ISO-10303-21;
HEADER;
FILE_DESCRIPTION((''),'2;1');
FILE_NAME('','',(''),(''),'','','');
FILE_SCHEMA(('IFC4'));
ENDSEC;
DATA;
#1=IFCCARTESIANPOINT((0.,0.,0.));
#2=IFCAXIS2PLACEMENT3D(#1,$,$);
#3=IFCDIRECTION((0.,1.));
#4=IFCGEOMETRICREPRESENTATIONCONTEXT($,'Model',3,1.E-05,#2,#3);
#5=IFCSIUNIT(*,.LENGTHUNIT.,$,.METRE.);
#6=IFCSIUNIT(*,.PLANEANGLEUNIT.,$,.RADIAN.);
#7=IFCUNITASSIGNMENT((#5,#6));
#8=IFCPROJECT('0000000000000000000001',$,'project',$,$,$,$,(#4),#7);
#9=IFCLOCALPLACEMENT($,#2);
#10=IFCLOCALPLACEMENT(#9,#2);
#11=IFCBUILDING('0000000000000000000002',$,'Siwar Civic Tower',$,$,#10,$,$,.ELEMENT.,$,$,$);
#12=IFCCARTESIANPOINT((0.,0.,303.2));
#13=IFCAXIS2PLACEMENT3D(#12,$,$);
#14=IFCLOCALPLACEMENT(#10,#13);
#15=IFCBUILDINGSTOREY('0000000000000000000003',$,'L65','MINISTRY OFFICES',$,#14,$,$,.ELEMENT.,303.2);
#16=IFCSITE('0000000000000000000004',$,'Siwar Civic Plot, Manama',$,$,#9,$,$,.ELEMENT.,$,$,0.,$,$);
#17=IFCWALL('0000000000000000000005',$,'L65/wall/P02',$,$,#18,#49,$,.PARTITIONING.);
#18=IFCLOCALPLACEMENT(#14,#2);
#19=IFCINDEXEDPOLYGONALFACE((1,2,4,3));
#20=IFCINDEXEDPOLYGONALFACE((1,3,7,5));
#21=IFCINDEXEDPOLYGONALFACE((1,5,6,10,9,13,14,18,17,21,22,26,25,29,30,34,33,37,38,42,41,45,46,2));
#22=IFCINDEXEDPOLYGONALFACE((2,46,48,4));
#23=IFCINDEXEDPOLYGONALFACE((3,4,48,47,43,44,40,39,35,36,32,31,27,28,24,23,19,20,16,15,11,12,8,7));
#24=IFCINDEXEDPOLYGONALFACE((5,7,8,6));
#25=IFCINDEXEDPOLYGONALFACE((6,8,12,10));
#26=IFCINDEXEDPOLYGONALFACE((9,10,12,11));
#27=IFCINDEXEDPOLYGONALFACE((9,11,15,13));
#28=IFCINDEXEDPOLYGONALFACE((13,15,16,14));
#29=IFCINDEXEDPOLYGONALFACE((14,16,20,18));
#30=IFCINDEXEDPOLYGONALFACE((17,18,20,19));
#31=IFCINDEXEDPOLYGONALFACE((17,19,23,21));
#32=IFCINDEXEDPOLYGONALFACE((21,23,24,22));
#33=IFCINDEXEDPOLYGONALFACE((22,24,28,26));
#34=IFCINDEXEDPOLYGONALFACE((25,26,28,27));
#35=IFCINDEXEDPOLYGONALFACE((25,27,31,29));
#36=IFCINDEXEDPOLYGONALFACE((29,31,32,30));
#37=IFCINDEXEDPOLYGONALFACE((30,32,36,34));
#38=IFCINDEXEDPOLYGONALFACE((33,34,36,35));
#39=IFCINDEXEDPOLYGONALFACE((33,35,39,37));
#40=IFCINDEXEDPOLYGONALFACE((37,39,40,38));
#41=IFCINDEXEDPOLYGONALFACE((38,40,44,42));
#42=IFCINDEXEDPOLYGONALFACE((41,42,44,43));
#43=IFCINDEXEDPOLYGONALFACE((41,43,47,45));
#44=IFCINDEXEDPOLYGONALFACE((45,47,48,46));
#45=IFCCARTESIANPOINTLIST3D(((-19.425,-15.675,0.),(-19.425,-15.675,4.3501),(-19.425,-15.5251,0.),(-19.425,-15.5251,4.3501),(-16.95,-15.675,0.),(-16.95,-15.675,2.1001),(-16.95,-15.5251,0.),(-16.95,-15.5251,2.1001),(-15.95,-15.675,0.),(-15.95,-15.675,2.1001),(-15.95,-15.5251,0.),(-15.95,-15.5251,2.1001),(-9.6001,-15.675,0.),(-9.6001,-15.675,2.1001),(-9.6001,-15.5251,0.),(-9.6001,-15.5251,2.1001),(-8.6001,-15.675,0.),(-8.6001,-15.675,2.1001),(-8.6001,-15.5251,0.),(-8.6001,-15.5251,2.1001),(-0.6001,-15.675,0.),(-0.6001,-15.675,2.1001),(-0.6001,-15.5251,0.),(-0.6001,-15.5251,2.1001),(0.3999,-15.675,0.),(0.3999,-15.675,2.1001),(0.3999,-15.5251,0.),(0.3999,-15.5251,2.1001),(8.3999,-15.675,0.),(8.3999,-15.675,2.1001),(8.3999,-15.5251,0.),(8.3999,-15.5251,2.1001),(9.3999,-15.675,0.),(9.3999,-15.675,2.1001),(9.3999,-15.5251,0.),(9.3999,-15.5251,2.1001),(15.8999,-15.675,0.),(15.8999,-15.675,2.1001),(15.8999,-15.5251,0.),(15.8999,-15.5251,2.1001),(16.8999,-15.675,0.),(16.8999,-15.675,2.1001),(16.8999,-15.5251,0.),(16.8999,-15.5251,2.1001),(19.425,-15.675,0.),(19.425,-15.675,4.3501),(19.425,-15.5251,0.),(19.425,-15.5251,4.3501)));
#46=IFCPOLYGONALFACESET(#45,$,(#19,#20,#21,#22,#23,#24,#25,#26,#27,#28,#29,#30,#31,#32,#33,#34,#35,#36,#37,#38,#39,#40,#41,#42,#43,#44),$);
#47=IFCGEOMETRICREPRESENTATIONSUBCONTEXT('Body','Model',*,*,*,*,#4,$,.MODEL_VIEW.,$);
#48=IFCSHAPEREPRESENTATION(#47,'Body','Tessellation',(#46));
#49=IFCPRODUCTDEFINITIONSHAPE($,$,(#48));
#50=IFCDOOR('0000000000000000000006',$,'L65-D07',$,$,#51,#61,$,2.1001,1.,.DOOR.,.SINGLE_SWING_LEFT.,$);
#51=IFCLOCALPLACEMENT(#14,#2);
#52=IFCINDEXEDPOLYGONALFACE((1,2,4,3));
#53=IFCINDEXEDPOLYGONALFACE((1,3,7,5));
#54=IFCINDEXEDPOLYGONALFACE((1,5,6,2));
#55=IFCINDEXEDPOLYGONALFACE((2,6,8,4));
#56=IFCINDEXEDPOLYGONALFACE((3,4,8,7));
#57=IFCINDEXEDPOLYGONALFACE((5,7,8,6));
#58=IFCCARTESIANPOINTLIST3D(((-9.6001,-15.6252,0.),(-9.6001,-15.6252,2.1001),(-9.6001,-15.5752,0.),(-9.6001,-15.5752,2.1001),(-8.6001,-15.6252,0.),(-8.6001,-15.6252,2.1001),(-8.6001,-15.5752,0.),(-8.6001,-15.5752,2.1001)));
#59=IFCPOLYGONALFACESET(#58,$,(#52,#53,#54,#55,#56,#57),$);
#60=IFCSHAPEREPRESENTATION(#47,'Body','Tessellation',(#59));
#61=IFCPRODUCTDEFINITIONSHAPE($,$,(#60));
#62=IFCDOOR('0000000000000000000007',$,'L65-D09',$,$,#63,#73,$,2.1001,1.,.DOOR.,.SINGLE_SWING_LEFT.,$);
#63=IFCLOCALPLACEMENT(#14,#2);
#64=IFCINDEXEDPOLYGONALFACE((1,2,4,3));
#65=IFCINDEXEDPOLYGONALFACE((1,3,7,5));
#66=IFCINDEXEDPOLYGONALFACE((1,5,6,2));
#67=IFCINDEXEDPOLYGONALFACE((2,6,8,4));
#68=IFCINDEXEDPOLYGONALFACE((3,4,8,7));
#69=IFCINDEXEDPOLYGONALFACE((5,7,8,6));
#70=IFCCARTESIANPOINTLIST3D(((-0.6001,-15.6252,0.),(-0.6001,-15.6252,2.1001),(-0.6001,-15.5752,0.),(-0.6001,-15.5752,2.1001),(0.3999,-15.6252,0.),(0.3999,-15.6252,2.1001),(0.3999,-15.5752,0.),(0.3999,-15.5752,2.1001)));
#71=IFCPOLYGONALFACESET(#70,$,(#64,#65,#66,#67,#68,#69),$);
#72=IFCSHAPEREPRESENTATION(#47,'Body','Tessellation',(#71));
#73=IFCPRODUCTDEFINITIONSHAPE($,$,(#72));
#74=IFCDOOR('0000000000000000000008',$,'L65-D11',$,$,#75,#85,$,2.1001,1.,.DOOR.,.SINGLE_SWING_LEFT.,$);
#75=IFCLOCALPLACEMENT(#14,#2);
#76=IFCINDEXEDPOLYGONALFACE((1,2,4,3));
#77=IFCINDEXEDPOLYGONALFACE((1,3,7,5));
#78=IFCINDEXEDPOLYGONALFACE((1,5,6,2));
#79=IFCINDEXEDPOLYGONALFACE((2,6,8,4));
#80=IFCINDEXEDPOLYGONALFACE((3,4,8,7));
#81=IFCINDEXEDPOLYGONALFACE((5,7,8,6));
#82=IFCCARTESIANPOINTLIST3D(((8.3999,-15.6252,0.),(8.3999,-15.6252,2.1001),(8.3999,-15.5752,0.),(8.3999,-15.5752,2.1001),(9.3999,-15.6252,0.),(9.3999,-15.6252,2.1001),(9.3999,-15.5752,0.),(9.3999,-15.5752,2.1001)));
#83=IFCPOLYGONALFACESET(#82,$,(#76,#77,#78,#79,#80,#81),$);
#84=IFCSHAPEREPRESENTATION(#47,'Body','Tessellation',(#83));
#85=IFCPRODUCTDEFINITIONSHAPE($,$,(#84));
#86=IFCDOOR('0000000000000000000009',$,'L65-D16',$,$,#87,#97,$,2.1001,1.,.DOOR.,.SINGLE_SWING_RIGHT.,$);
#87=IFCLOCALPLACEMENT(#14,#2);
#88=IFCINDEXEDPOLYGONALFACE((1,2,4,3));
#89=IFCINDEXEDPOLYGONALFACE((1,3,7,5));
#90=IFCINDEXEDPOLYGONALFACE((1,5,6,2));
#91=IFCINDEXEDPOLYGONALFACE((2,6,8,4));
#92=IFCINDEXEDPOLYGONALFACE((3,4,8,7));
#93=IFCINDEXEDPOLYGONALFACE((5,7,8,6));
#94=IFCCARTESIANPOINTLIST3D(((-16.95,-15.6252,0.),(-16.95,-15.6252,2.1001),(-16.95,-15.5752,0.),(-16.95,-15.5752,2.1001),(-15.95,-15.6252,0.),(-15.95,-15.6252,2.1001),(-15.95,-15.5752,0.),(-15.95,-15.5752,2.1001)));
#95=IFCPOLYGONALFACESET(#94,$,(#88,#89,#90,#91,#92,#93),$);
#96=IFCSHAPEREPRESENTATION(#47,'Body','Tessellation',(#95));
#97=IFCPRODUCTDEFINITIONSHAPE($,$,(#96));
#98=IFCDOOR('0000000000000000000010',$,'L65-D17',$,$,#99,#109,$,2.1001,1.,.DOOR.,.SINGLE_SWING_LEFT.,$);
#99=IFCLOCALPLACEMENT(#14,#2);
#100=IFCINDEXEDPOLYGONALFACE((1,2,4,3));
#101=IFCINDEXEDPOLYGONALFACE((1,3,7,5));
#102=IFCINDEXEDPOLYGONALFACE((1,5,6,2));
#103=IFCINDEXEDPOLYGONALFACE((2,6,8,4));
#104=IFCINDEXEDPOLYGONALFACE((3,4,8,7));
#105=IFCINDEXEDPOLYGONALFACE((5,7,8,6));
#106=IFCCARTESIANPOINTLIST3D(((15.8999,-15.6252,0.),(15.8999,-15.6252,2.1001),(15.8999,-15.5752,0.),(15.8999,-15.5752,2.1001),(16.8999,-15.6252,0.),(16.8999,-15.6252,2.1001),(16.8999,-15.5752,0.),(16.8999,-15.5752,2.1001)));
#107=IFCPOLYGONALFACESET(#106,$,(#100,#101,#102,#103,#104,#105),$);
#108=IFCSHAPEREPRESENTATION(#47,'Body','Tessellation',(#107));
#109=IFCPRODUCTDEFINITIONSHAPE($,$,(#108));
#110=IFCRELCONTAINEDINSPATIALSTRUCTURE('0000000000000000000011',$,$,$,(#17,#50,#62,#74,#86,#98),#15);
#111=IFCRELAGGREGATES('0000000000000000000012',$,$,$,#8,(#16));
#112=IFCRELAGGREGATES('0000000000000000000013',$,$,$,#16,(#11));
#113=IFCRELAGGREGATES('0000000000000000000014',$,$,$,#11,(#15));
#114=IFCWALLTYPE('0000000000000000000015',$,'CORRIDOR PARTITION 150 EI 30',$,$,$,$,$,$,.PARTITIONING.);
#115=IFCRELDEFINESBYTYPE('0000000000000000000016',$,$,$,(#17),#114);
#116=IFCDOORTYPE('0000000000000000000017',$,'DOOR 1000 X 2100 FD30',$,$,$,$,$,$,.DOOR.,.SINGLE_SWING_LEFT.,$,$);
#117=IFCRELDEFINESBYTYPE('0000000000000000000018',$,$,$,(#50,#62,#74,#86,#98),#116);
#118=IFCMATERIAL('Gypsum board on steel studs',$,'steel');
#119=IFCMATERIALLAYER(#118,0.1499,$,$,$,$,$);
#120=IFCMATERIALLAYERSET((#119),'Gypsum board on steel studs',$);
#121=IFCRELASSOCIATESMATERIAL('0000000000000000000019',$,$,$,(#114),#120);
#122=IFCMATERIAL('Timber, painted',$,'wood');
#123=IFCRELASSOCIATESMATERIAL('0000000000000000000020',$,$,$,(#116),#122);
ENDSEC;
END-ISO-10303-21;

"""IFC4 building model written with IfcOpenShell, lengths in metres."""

from ifc_helpers import new_model, si_unit, direction, frame, frame_2d, origin, place, context, subcontext, project, spatial, rectangle, extrude, material, layer, layer_set, type_object, element, fill, save


model = new_model("IFC4")

# Units and contexts
model_context = context("Model", 3, precision=1e-05, world=origin(), true_north=direction((0.0, 1.0)))
body_context = subcontext(model_context, "Body", "Model", "MODEL_VIEW")
ifc_project = project(units=[si_unit("LENGTHUNIT", "METRE"), si_unit("PLANEANGLEUNIT", "RADIAN")], contexts=[model_context])

# Site, building, storey
site_placement = place(None, origin())
site = spatial("IfcSite", under=ifc_project, at=site_placement, Name="Siwar Civic Plot, Manama", CompositionType="ELEMENT", RefElevation=0.0)
building_placement = place(site_placement, origin())
building = spatial("IfcBuilding", under=site, at=building_placement, Name="Siwar Civic Tower", CompositionType="ELEMENT")
storey_placement = place(building_placement, frame((0.0, 0.0, 303.2)))
storey = spatial("IfcBuildingStorey", under=building, at=storey_placement, Name="L65", Description="MINISTRY OFFICES", CompositionType="ELEMENT", Elevation=303.2)

# Wall, openings, doors
ifc_material_1 = material(Name="Gypsum board on steel studs", Category="steel")
ifc_layer_1 = layer(ifc_material_1, 0.1499)
ifc_layer_set_1 = layer_set([ifc_layer_1], Name="Gypsum board on steel studs")
wall_type = type_object("IfcWallType", Name="CORRIDOR PARTITION 150 EI 30", PredefinedType="PARTITIONING", material=ifc_layer_set_1)
wall_1_placement = place(storey_placement, frame((-19.425, -15.6001, 0.0), z_axis=(0.0, 0.0, 1.0), x_axis=(1.0, 0.0, 0.0)))
wall_1 = element("IfcWall", 1, at=wall_1_placement, inside=storey, type_object=wall_type, Name="L65/wall/P02", PredefinedType="PARTITIONING", context=body_context, shape_type="SweptSolid", body=[
    extrude(rectangle(XDim=38.8501, YDim=0.1499, at=frame_2d((19.425, 0.0))), origin(), (0.0, 0.0, 1.0), 4.3501),
])
opening_1_placement = place(wall_1_placement, frame((9.825, 0.0, 0.0)))
opening_1 = element("IfcOpeningElement", 2, at=opening_1_placement, cuts=wall_1, PredefinedType="OPENING", context=body_context, shape_type="SweptSolid", body=[
    extrude(rectangle(XDim=1.0, YDim=2.1001, at=frame_2d((0.5, 1.05))), frame((0.0, 0.085, 0.0), z_axis=(0.0, -1.0, 0.0), x_axis=(1.0, 0.0, 0.0)), (0.0, 0.0, 1.0), 0.1699),
])
opening_2_placement = place(wall_1_placement, frame((18.825, 0.0, 0.0)))
opening_2 = element("IfcOpeningElement", 3, at=opening_2_placement, cuts=wall_1, PredefinedType="OPENING", context=body_context, shape_type="SweptSolid", body=[
    extrude(rectangle(XDim=1.0, YDim=2.1001, at=frame_2d((0.5, 1.05))), frame((0.0, 0.085, 0.0), z_axis=(0.0, -1.0, 0.0), x_axis=(1.0, 0.0, 0.0)), (0.0, 0.0, 1.0), 0.1699),
])
opening_3_placement = place(wall_1_placement, frame((27.825, 0.0, 0.0)))
opening_3 = element("IfcOpeningElement", 4, at=opening_3_placement, cuts=wall_1, PredefinedType="OPENING", context=body_context, shape_type="SweptSolid", body=[
    extrude(rectangle(XDim=1.0, YDim=2.1001, at=frame_2d((0.5, 1.05))), frame((0.0, 0.085, 0.0), z_axis=(0.0, -1.0, 0.0), x_axis=(1.0, 0.0, 0.0)), (0.0, 0.0, 1.0), 0.1699),
])
opening_4_placement = place(wall_1_placement, frame((2.4751, 0.0, 0.0)))
opening_4 = element("IfcOpeningElement", 5, at=opening_4_placement, cuts=wall_1, PredefinedType="OPENING", context=body_context, shape_type="SweptSolid", body=[
    extrude(rectangle(XDim=1.0, YDim=2.1001, at=frame_2d((0.5, 1.05))), frame((0.0, 0.085, 0.0), z_axis=(0.0, -1.0, 0.0), x_axis=(1.0, 0.0, 0.0)), (0.0, 0.0, 1.0), 0.1699),
])
opening_5_placement = place(wall_1_placement, frame((35.325, 0.0, 0.0)))
opening_5 = element("IfcOpeningElement", 6, at=opening_5_placement, cuts=wall_1, PredefinedType="OPENING", context=body_context, shape_type="SweptSolid", body=[
    extrude(rectangle(XDim=1.0, YDim=2.1001, at=frame_2d((0.5, 1.05))), frame((0.0, 0.085, 0.0), z_axis=(0.0, -1.0, 0.0), x_axis=(1.0, 0.0, 0.0)), (0.0, 0.0, 1.0), 0.1699),
])
ifc_material_2 = material(Name="Timber, painted", Category="wood")
door_type = type_object("IfcDoorType", Name="DOOR 1000 X 2100 FD30", OperationType="SINGLE_SWING_LEFT", PredefinedType="DOOR", material=ifc_material_2)
door_1_placement = place(opening_1_placement, origin())
door_1 = element("IfcDoor", 7, at=door_1_placement, inside=storey, type_object=door_type, Name="L65-D07", OperationType="SINGLE_SWING_LEFT", OverallHeight=2.1001, OverallWidth=1.0, PredefinedType="DOOR", context=body_context, shape_type="SweptSolid", body=[
    extrude(rectangle(XDim=1.0, YDim=2.1001, at=frame_2d((0.5, 1.05))), frame((0.0, 0.0249, 0.0), z_axis=(0.0, -1.0, 0.0), x_axis=(1.0, 0.0, 0.0)), (0.0, 0.0, 1.0), 0.05),
])
fill(opening_1, door_1)
door_2_placement = place(opening_2_placement, origin())
door_2 = element("IfcDoor", 8, at=door_2_placement, inside=storey, type_object=door_type, Name="L65-D09", OperationType="SINGLE_SWING_LEFT", OverallHeight=2.1001, OverallWidth=1.0, PredefinedType="DOOR", context=body_context, shape_type="SweptSolid", body=[
    extrude(rectangle(XDim=1.0, YDim=2.1001, at=frame_2d((0.5, 1.05))), frame((0.0, 0.0249, 0.0), z_axis=(0.0, -1.0, 0.0), x_axis=(1.0, 0.0, 0.0)), (0.0, 0.0, 1.0), 0.05),
])
fill(opening_2, door_2)
door_3_placement = place(opening_3_placement, origin())
door_3 = element("IfcDoor", 9, at=door_3_placement, inside=storey, type_object=door_type, Name="L65-D11", OperationType="SINGLE_SWING_LEFT", OverallHeight=2.1001, OverallWidth=1.0, PredefinedType="DOOR", context=body_context, shape_type="SweptSolid", body=[
    extrude(rectangle(XDim=1.0, YDim=2.1001, at=frame_2d((0.5, 1.05))), frame((0.0, 0.0249, 0.0), z_axis=(0.0, -1.0, 0.0), x_axis=(1.0, 0.0, 0.0)), (0.0, 0.0, 1.0), 0.05),
])
fill(opening_3, door_3)
door_4_placement = place(opening_4_placement, origin())
door_4 = element("IfcDoor", 10, at=door_4_placement, inside=storey, type_object=door_type, Name="L65-D16", OperationType="SINGLE_SWING_RIGHT", OverallHeight=2.1001, OverallWidth=1.0, PredefinedType="DOOR", context=body_context, shape_type="SweptSolid", body=[
    extrude(rectangle(XDim=1.0, YDim=2.1001, at=frame_2d((0.5, 1.05))), frame((0.0, 0.0249, 0.0), z_axis=(0.0, -1.0, 0.0), x_axis=(1.0, 0.0, 0.0)), (0.0, 0.0, 1.0), 0.05),
])
fill(opening_4, door_4)
door_5_placement = place(opening_5_placement, origin())
door_5 = element("IfcDoor", 11, at=door_5_placement, inside=storey, type_object=door_type, Name="L65-D17", OperationType="SINGLE_SWING_LEFT", OverallHeight=2.1001, OverallWidth=1.0, PredefinedType="DOOR", context=body_context, shape_type="SweptSolid", body=[
    extrude(rectangle(XDim=1.0, YDim=2.1001, at=frame_2d((0.5, 1.05))), frame((0.0, 0.0249, 0.0), z_axis=(0.0, -1.0, 0.0), x_axis=(1.0, 0.0, 0.0)), (0.0, 0.0, 1.0), 0.05),
])
fill(opening_5, door_5)

save(model, "model.ifc")
